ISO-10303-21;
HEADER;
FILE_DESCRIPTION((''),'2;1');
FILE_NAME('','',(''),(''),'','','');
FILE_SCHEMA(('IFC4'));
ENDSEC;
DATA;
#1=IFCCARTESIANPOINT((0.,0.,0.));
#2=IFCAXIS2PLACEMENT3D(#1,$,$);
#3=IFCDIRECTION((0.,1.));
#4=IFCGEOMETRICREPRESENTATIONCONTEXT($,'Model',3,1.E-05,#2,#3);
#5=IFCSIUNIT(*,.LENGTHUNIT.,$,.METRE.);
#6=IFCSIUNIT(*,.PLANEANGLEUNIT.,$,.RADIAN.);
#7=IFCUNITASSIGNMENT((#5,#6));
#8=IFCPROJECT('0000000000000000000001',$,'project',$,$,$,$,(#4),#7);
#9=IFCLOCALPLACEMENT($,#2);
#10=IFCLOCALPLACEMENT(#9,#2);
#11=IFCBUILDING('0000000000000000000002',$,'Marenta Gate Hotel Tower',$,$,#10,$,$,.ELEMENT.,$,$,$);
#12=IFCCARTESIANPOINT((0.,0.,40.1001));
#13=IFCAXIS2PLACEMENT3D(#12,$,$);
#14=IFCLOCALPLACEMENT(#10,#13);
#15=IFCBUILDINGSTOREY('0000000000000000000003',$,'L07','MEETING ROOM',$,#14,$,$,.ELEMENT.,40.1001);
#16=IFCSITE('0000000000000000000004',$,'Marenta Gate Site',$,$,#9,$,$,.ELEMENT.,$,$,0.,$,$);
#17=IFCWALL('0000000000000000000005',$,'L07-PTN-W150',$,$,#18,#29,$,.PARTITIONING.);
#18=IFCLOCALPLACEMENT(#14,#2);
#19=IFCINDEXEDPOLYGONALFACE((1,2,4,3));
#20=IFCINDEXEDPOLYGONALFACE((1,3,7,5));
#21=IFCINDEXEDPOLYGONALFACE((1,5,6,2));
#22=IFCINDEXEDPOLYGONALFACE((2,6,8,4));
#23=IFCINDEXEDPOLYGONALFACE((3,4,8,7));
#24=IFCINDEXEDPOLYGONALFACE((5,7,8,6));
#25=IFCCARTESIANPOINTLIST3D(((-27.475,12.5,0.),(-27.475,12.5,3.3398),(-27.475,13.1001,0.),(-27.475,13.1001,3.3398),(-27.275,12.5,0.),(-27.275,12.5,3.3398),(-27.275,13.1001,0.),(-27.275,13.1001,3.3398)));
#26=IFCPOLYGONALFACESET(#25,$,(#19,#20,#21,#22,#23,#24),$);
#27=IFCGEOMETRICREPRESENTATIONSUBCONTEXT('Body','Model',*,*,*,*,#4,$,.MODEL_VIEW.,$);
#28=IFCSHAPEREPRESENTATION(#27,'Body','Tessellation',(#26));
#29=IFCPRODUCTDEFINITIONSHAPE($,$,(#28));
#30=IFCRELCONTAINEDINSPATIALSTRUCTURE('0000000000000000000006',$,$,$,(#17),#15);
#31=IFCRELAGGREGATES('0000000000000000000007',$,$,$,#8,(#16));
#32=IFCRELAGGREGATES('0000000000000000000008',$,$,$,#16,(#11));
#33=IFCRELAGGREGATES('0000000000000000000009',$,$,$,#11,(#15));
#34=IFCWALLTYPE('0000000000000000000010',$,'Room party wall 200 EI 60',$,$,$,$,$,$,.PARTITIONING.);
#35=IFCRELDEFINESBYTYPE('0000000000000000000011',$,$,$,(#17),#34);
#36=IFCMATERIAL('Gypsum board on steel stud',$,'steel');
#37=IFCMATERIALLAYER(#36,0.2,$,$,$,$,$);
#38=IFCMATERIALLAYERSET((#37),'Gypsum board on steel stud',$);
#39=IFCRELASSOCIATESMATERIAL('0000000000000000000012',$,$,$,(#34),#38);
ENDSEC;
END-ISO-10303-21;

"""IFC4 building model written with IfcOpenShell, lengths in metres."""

from ifc_helpers import new_model, si_unit, direction, frame, frame_2d, origin, place, context, subcontext, project, spatial, rectangle, extrude, material, layer, layer_set, type_object, element, save


model = new_model("IFC4")

# Units and contexts
model_context = context("Model", 3, precision=1e-05, world=origin(), true_north=direction((0.0, 1.0)))
body_context = subcontext(model_context, "Body", "Model", "MODEL_VIEW")
ifc_project = project(units=[si_unit("LENGTHUNIT", "METRE"), si_unit("PLANEANGLEUNIT", "RADIAN")], contexts=[model_context])

# Site, building, storey
site_placement = place(None, origin())
site = spatial("IfcSite", under=ifc_project, at=site_placement, Name="Marenta Gate Site", CompositionType="ELEMENT", RefElevation=0.0)
building_placement = place(site_placement, origin())
building = spatial("IfcBuilding", under=site, at=building_placement, Name="Marenta Gate Hotel Tower", CompositionType="ELEMENT")
storey_placement = place(building_placement, frame((0.0, 0.0, 40.1001)))
storey = spatial("IfcBuildingStorey", under=building, at=storey_placement, Name="L07", Description="MEETING ROOM", CompositionType="ELEMENT", Elevation=40.1001)

# Wall
ifc_material_1 = material(Name="Gypsum board on steel stud", Category="steel")
ifc_layer_1 = layer(ifc_material_1, 0.2)
ifc_layer_set_1 = layer_set([ifc_layer_1], Name="Gypsum board on steel stud")
wall_type_1 = type_object("IfcWallType", Name="Room party wall 200 EI 60", PredefinedType="PARTITIONING", material=ifc_layer_set_1)
wall_1_placement = place(storey_placement, frame((-27.375, 12.5, 0.0), z_axis=(0.0, 0.0, 1.0), x_axis=(0.0, 1.0, 0.0)))
element("IfcWall", 1, at=wall_1_placement, inside=storey, type_object=wall_type_1, Name="L07-PTN-W150", PredefinedType="PARTITIONING", context=body_context, shape_type="SweptSolid", body=[
    extrude(rectangle(XDim=0.6001, YDim=0.2, at=frame_2d((0.3, 0.0))), origin(), (0.0, 0.0, 1.0), 3.3398),
])

save(model, "model.ifc")
